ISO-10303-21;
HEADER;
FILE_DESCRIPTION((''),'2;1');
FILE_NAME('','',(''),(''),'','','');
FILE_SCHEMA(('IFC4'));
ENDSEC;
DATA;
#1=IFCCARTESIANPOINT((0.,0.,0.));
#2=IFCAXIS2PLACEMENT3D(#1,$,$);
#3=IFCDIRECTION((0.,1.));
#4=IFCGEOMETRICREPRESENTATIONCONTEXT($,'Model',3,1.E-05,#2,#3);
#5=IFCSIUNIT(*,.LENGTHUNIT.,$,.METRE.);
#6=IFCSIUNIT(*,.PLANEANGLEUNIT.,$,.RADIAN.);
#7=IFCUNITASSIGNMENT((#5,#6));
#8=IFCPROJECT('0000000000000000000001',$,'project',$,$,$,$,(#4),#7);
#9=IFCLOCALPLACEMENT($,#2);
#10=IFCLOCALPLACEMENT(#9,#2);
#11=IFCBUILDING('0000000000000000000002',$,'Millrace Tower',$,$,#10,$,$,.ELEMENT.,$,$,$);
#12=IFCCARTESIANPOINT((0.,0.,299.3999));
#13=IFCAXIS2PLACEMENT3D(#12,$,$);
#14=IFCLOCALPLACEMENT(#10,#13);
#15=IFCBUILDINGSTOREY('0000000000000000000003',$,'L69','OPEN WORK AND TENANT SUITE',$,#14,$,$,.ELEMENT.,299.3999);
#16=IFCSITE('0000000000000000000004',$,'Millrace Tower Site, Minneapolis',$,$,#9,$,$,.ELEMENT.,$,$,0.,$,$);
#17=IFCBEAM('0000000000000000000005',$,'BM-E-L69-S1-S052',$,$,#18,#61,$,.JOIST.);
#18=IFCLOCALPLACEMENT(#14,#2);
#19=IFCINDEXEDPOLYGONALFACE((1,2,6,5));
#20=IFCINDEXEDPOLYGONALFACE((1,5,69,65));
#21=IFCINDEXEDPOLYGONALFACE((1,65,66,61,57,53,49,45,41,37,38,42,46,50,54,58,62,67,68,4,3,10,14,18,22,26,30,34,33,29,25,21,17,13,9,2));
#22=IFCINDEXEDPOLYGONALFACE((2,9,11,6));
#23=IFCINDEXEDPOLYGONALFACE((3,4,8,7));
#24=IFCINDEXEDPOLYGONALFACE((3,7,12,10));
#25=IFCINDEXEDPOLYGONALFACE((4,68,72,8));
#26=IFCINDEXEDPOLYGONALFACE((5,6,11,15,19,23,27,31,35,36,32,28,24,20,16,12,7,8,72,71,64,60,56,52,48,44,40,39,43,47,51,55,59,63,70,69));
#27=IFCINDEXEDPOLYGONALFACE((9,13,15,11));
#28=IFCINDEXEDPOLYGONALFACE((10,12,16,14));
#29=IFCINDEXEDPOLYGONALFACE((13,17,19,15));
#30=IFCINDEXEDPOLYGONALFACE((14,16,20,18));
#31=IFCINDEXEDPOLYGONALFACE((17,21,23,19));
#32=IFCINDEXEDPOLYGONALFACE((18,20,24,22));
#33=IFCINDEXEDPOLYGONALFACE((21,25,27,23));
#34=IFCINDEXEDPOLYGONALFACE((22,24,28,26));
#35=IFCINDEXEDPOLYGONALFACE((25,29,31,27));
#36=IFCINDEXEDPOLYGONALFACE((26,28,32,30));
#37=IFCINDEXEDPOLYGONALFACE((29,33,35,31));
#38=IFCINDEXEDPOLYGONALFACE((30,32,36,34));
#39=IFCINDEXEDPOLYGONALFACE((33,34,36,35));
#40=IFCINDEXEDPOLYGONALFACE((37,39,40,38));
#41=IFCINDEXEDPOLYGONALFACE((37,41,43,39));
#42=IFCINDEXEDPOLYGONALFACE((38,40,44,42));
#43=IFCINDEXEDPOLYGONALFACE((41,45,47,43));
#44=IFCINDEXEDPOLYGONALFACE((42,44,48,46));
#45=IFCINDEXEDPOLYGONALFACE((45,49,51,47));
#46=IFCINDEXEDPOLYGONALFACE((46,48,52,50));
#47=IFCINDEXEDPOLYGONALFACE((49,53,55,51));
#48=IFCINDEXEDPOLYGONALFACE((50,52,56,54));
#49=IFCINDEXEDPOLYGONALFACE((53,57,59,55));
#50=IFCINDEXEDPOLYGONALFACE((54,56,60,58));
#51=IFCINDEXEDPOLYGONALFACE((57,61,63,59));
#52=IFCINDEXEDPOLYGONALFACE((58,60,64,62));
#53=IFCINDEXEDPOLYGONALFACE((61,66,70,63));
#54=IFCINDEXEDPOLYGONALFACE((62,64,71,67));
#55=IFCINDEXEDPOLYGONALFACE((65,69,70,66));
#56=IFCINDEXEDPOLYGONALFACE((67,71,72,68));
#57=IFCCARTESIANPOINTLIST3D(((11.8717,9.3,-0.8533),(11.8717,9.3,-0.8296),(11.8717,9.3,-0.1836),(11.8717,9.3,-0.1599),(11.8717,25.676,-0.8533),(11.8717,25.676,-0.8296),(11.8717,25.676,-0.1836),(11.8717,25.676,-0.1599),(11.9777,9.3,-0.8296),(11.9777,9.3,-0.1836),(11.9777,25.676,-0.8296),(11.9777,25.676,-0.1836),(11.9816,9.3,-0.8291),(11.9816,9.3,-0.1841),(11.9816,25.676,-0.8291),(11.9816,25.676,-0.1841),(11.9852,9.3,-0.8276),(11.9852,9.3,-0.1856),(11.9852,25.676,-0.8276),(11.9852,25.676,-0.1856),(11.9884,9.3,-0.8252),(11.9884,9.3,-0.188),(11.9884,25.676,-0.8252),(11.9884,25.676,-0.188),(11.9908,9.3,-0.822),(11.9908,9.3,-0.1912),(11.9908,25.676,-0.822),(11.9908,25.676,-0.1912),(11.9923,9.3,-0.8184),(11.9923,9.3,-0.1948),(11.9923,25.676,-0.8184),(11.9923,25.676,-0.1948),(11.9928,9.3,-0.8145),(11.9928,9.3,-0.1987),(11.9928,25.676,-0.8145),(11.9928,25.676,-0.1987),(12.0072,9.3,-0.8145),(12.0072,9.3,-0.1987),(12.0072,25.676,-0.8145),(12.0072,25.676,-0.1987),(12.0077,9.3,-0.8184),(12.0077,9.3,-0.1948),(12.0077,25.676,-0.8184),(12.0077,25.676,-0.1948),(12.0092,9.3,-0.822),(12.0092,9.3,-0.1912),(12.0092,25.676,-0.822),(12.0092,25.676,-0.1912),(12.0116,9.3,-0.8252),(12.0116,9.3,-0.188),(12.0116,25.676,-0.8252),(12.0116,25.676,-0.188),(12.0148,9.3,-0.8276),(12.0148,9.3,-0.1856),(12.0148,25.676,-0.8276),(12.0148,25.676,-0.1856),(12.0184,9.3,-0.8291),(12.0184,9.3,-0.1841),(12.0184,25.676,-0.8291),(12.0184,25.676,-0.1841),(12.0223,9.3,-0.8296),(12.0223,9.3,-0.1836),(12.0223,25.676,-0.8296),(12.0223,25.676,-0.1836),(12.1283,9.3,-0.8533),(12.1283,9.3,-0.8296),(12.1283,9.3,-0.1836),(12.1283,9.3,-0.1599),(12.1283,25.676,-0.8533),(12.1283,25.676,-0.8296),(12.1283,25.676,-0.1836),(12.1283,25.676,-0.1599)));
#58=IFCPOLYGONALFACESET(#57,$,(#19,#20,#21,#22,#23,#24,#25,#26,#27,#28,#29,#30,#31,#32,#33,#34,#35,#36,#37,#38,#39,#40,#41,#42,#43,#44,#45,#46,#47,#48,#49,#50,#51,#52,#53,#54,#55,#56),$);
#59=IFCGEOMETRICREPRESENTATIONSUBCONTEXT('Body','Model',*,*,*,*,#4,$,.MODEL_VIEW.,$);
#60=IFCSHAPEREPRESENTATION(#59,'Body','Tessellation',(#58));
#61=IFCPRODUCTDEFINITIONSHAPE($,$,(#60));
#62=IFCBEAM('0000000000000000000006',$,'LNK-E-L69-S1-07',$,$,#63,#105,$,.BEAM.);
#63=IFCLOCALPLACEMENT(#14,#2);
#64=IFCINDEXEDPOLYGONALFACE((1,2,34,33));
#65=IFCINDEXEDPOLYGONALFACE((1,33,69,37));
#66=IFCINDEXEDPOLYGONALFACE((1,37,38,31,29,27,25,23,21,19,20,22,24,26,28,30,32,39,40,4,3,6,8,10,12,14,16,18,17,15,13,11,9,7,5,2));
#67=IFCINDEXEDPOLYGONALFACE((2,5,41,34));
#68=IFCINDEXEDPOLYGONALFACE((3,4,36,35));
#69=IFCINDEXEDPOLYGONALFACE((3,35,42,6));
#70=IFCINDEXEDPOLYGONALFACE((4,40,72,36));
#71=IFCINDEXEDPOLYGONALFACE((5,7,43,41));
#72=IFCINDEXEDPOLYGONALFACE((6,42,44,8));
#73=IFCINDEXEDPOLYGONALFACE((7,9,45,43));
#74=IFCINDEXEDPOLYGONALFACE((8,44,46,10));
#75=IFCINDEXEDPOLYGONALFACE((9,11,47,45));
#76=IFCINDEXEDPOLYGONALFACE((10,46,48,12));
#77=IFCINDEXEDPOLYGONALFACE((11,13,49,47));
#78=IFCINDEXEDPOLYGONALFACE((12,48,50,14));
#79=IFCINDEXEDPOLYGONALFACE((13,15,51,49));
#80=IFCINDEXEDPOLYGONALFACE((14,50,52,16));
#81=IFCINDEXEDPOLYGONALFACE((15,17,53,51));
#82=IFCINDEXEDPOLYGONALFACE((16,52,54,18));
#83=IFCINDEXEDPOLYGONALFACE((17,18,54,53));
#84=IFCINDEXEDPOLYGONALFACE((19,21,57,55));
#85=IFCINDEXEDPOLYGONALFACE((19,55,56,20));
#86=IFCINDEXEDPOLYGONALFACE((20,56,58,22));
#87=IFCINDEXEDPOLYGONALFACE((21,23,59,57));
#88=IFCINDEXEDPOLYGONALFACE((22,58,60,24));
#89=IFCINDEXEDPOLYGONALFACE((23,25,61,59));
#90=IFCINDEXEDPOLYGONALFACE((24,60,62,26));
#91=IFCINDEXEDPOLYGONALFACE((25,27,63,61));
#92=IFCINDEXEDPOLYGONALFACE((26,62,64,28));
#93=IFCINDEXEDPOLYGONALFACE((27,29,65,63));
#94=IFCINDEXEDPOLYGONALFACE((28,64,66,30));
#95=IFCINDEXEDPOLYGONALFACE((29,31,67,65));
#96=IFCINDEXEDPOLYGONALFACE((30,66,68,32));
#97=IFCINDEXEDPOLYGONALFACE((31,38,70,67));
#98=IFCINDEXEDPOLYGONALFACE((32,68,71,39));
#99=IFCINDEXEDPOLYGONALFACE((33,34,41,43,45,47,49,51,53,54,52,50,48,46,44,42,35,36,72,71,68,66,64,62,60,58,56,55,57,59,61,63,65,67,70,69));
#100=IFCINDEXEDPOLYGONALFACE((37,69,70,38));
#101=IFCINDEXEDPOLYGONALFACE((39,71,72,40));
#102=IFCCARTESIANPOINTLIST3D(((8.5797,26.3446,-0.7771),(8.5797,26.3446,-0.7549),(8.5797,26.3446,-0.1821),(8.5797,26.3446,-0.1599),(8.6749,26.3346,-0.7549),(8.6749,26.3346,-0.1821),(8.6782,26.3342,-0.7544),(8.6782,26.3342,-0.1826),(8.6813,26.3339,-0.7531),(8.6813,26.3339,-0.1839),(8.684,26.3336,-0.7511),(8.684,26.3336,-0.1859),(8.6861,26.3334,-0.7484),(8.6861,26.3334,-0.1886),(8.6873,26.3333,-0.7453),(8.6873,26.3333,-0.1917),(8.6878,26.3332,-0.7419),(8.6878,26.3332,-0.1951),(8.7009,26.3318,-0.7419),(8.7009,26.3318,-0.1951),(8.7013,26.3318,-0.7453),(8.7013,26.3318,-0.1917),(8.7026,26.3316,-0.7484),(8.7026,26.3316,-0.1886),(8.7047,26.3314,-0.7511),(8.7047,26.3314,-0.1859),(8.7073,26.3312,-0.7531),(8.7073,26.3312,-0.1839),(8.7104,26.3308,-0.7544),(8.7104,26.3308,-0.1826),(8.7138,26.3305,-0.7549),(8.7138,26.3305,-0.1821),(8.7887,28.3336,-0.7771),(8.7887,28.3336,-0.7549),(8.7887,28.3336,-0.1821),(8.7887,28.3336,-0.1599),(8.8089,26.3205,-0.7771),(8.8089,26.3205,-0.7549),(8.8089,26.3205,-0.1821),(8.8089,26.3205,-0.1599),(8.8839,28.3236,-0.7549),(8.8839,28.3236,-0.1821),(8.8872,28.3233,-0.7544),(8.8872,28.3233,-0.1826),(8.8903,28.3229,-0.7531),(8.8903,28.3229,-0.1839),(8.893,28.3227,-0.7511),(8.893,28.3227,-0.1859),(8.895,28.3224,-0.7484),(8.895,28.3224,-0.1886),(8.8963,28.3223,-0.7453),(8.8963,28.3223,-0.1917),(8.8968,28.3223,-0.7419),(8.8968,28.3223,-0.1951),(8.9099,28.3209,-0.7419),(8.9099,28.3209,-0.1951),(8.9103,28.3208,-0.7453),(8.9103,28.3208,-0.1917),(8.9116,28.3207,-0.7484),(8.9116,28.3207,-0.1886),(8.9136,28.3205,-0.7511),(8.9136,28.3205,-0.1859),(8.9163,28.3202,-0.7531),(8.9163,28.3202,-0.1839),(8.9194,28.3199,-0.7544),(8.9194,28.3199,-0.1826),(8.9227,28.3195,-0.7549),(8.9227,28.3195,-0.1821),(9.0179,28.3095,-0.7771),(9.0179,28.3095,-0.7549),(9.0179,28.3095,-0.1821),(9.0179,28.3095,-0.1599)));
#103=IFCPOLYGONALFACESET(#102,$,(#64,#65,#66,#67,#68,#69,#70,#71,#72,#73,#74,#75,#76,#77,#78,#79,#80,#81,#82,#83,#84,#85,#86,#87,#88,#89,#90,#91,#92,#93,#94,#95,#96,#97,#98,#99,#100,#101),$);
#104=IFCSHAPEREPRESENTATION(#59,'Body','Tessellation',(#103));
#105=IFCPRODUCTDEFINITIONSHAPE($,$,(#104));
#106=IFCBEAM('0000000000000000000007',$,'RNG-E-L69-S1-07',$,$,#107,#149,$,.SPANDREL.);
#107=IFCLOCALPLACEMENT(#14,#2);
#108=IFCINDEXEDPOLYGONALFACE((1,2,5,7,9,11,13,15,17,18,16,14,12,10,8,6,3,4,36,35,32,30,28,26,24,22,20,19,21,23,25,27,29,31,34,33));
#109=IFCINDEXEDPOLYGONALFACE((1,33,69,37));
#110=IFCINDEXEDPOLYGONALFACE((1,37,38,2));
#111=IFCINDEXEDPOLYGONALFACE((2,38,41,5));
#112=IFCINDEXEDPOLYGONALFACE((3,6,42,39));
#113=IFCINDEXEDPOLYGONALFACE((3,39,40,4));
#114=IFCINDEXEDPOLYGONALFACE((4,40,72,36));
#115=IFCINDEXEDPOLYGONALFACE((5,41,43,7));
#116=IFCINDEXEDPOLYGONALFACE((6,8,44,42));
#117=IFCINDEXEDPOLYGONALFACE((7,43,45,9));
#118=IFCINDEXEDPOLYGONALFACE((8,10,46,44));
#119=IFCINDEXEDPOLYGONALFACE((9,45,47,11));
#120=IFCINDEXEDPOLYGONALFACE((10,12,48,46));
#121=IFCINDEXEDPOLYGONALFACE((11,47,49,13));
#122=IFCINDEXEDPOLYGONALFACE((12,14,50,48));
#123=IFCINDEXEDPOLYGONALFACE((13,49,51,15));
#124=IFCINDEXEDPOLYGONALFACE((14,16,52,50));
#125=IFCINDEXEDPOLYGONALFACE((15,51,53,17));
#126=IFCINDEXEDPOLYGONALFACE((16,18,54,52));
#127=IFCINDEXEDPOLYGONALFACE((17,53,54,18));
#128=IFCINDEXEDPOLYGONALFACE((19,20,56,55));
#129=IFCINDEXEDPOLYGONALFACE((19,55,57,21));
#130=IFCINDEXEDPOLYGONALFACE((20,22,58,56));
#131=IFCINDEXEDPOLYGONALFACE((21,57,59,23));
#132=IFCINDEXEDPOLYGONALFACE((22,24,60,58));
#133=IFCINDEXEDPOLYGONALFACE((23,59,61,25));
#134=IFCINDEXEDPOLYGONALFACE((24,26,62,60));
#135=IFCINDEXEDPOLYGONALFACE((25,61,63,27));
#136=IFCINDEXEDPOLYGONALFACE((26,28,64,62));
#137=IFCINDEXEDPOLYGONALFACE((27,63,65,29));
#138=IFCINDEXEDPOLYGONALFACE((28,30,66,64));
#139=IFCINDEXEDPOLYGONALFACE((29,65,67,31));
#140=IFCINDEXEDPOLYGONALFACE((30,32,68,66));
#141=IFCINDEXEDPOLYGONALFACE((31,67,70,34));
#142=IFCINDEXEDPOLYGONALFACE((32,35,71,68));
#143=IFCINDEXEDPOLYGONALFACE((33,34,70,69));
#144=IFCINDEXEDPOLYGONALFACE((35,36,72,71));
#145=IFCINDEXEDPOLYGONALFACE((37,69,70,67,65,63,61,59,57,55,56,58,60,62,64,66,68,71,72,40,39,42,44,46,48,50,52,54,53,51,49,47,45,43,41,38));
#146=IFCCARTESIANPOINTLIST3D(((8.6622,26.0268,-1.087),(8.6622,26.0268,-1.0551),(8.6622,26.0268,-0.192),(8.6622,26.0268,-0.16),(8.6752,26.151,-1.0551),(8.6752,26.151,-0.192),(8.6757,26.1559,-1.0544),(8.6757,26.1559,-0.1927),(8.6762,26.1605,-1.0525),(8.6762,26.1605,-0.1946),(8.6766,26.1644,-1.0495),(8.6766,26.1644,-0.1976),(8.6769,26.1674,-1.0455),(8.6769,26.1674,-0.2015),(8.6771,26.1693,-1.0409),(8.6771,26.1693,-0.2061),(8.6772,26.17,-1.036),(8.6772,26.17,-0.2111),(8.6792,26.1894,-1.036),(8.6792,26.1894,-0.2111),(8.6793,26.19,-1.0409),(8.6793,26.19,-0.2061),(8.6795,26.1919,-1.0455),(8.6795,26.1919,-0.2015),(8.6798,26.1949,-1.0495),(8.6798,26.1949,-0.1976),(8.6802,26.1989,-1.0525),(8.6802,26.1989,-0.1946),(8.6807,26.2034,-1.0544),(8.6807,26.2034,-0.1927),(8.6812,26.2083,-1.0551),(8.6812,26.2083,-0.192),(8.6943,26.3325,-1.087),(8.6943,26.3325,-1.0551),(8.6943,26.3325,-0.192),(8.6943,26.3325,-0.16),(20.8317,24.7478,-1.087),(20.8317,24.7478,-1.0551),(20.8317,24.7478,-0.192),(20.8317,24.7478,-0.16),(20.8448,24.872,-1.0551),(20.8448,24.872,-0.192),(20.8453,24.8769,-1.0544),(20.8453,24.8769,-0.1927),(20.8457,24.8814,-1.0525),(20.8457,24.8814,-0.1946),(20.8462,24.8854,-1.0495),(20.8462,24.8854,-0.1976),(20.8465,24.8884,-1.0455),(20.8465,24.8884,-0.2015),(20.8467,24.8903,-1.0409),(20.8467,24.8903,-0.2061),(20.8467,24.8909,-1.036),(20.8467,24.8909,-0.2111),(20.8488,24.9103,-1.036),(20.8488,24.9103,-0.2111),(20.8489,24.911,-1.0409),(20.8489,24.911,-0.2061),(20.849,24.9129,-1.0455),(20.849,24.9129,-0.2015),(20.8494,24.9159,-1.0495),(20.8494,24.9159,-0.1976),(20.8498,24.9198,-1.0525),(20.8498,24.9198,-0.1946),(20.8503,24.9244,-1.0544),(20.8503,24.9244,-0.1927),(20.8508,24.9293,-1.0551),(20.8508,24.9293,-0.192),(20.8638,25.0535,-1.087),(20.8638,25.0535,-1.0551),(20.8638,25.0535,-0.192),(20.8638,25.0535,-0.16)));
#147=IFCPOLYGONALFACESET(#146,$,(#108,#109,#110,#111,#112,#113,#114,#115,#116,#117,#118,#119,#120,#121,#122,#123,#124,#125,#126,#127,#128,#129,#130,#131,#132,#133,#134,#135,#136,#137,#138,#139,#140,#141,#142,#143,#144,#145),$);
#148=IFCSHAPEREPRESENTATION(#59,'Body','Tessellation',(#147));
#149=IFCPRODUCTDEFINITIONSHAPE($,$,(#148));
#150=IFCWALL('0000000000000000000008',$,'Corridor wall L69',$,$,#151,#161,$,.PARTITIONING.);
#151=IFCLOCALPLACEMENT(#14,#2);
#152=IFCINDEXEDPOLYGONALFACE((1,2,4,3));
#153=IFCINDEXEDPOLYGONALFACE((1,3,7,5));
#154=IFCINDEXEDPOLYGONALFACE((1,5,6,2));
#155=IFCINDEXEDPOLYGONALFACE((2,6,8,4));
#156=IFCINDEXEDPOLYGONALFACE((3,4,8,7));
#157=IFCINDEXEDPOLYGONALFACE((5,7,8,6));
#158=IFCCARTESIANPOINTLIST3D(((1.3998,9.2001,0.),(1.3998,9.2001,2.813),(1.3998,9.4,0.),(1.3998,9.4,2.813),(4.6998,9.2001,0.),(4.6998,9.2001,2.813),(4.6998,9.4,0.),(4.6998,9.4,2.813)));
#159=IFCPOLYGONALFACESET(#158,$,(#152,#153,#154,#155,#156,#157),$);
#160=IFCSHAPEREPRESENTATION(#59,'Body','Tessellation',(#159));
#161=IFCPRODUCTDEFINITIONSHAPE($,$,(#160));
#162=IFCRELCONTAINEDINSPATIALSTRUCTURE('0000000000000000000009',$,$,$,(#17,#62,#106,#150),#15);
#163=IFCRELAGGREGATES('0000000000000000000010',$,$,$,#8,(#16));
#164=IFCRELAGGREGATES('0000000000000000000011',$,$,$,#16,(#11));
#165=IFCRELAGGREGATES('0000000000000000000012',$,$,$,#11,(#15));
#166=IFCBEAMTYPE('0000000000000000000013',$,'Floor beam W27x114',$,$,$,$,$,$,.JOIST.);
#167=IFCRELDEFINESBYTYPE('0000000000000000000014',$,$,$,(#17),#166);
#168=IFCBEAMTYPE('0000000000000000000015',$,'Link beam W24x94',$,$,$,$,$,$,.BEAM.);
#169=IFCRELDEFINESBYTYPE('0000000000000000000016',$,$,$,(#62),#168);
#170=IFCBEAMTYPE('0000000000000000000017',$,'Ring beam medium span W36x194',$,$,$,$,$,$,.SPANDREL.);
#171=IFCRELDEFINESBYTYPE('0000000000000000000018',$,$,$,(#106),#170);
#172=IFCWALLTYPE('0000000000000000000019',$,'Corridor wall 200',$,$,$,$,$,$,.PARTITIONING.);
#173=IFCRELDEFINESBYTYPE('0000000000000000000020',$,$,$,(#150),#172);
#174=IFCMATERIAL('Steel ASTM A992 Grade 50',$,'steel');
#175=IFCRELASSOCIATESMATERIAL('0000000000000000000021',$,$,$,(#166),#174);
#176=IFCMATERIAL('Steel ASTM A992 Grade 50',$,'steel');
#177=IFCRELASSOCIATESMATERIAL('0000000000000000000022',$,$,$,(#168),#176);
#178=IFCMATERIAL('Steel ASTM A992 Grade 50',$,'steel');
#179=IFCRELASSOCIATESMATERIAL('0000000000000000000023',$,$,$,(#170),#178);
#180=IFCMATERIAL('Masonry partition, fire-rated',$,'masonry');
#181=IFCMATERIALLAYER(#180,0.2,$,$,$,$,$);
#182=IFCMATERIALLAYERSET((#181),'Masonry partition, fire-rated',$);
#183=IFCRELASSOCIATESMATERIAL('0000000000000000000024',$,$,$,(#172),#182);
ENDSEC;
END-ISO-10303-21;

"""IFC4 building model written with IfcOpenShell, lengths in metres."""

from ifc_helpers import new_model, si_unit, direction, frame, frame_2d, origin, origin_2d, place, context, subcontext, project, spatial, rectangle, i_section, extrude, material, layer, layer_set, material_profile, profile_set, type_object, element, save


model = new_model("IFC4")

# Units and contexts
model_context = context("Model", 3, precision=1e-05, world=origin(), true_north=direction((0.0, 1.0)))
body_context = subcontext(model_context, "Body", "Model", "MODEL_VIEW")
ifc_project = project(units=[si_unit("LENGTHUNIT", "METRE"), si_unit("PLANEANGLEUNIT", "RADIAN")], contexts=[model_context])

# Site, building, storey
site_placement = place(None, origin())
site = spatial("IfcSite", under=ifc_project, at=site_placement, Name="Millrace Tower Site, Minneapolis", CompositionType="ELEMENT", RefElevation=0.0)
building_placement = place(site_placement, origin())
building = spatial("IfcBuilding", under=site, at=building_placement, Name="Millrace Tower", CompositionType="ELEMENT")
storey_placement = place(building_placement, frame((0.0, 0.0, 299.3999)))
storey = spatial("IfcBuildingStorey", under=building, at=storey_placement, Name="L69", Description="OPEN WORK AND TENANT SUITE", CompositionType="ELEMENT", Elevation=299.3999)

# Beams
ifc_material_1 = material(Name="Steel ASTM A992 Grade 50", Category="steel")
ifc_material_profile_1 = material_profile(ifc_material_1, i_section(OverallWidth=0.2566, OverallDepth=0.6934, WebThickness=0.0144, FlangeThickness=0.0237, FilletRadius=0.0151, at=origin_2d()))
ifc_profile_set_1 = profile_set([ifc_material_profile_1], Name="Steel ASTM A992 Grade 50")
beam_type_1 = type_object("IfcBeamType", Name="Floor beam W27x114", PredefinedType="JOIST", material=ifc_profile_set_1)
beam_1_placement = place(storey_placement, frame((12.0, 9.3, -0.5066), z_axis=(0.0, 1.0, 0.0), x_axis=(-1.0, 0.0, 0.0)))
element("IfcBeam", 1, at=beam_1_placement, inside=storey, type_object=beam_type_1, Name="BM-E-L69-S1-S052", PredefinedType="JOIST", context=body_context, shape_type="SweptSolid", body=[
    extrude(i_section(OverallWidth=0.2566, OverallDepth=0.6934, WebThickness=0.0144, FlangeThickness=0.0237, FilletRadius=0.0151, at=origin_2d()), origin(), (0.0, 0.0, 1.0), 16.376),
])
ifc_material_2 = material(Name="Steel ASTM A992 Grade 50", Category="steel")
ifc_material_profile_2 = material_profile(ifc_material_2, i_section(OverallWidth=0.2305, OverallDepth=0.6172, WebThickness=0.0132, FlangeThickness=0.0222, FilletRadius=0.0129, at=origin_2d()))
ifc_profile_set_2 = profile_set([ifc_material_profile_2], Name="Steel ASTM A992 Grade 50")
beam_type_2 = type_object("IfcBeamType", Name="Link beam W24x94", PredefinedType="BEAM", material=ifc_profile_set_2)
beam_2_placement = place(storey_placement, frame((8.6943, 26.3325, -0.4685), z_axis=(0.104494, 0.994526, 0.0), x_axis=(-0.994526, 0.104494, 0.0)))
element("IfcBeam", 2, at=beam_2_placement, inside=storey, type_object=beam_type_2, Name="LNK-E-L69-S1-07", PredefinedType="BEAM", context=body_context, shape_type="SweptSolid", body=[
    extrude(i_section(OverallWidth=0.2305, OverallDepth=0.6172, WebThickness=0.0132, FlangeThickness=0.0222, FilletRadius=0.0129, at=origin_2d()), origin(), (0.0, 0.0, 1.0), 2.0),
])
ifc_material_3 = material(Name="Steel ASTM A992 Grade 50", Category="steel")
ifc_material_profile_3 = material_profile(ifc_material_3, i_section(OverallWidth=0.3074, OverallDepth=0.927, WebThickness=0.0195, FlangeThickness=0.032, FilletRadius=0.019, at=origin_2d()))
ifc_profile_set_3 = profile_set([ifc_material_profile_3], Name="Steel ASTM A992 Grade 50")
beam_type_3 = type_object("IfcBeamType", Name="Ring beam medium span W36x194", PredefinedType="SPANDREL", material=ifc_profile_set_3)
beam_3_placement = place(storey_placement, frame((8.6782, 26.1797, -0.6235), z_axis=(0.994522, -0.104528, 0.0), x_axis=(0.104528, 0.994522, 0.0)))
element("IfcBeam", 3, at=beam_3_placement, inside=storey, type_object=beam_type_3, Name="RNG-E-L69-S1-07", PredefinedType="SPANDREL", context=body_context, shape_type="SweptSolid", body=[
    extrude(i_section(OverallWidth=0.3074, OverallDepth=0.927, WebThickness=0.0195, FlangeThickness=0.032, FilletRadius=0.019, at=origin_2d()), origin(), (0.0, 0.0, 1.0), 12.2366),
])

# Wall
ifc_material_4 = material(Name="Masonry partition, fire-rated", Category="masonry")
ifc_layer_1 = layer(ifc_material_4, 0.2)
ifc_layer_set_1 = layer_set([ifc_layer_1], Name="Masonry partition, fire-rated")
wall_type_1 = type_object("IfcWallType", Name="Corridor wall 200", PredefinedType="PARTITIONING", material=ifc_layer_set_1)
wall_1_placement = place(storey_placement, frame((1.3999, 9.3, 0.0), z_axis=(0.0, 0.0, 1.0), x_axis=(1.0, 0.0, 0.0)))
element("IfcWall", 4, at=wall_1_placement, inside=storey, type_object=wall_type_1, Name="Corridor wall L69", PredefinedType="PARTITIONING", context=body_context, shape_type="SweptSolid", body=[
    extrude(rectangle(XDim=3.3, YDim=0.2, at=frame_2d((1.6499, 0.0))), origin(), (0.0, 0.0, 1.0), 2.813),
])

save(model, "model.ifc")
